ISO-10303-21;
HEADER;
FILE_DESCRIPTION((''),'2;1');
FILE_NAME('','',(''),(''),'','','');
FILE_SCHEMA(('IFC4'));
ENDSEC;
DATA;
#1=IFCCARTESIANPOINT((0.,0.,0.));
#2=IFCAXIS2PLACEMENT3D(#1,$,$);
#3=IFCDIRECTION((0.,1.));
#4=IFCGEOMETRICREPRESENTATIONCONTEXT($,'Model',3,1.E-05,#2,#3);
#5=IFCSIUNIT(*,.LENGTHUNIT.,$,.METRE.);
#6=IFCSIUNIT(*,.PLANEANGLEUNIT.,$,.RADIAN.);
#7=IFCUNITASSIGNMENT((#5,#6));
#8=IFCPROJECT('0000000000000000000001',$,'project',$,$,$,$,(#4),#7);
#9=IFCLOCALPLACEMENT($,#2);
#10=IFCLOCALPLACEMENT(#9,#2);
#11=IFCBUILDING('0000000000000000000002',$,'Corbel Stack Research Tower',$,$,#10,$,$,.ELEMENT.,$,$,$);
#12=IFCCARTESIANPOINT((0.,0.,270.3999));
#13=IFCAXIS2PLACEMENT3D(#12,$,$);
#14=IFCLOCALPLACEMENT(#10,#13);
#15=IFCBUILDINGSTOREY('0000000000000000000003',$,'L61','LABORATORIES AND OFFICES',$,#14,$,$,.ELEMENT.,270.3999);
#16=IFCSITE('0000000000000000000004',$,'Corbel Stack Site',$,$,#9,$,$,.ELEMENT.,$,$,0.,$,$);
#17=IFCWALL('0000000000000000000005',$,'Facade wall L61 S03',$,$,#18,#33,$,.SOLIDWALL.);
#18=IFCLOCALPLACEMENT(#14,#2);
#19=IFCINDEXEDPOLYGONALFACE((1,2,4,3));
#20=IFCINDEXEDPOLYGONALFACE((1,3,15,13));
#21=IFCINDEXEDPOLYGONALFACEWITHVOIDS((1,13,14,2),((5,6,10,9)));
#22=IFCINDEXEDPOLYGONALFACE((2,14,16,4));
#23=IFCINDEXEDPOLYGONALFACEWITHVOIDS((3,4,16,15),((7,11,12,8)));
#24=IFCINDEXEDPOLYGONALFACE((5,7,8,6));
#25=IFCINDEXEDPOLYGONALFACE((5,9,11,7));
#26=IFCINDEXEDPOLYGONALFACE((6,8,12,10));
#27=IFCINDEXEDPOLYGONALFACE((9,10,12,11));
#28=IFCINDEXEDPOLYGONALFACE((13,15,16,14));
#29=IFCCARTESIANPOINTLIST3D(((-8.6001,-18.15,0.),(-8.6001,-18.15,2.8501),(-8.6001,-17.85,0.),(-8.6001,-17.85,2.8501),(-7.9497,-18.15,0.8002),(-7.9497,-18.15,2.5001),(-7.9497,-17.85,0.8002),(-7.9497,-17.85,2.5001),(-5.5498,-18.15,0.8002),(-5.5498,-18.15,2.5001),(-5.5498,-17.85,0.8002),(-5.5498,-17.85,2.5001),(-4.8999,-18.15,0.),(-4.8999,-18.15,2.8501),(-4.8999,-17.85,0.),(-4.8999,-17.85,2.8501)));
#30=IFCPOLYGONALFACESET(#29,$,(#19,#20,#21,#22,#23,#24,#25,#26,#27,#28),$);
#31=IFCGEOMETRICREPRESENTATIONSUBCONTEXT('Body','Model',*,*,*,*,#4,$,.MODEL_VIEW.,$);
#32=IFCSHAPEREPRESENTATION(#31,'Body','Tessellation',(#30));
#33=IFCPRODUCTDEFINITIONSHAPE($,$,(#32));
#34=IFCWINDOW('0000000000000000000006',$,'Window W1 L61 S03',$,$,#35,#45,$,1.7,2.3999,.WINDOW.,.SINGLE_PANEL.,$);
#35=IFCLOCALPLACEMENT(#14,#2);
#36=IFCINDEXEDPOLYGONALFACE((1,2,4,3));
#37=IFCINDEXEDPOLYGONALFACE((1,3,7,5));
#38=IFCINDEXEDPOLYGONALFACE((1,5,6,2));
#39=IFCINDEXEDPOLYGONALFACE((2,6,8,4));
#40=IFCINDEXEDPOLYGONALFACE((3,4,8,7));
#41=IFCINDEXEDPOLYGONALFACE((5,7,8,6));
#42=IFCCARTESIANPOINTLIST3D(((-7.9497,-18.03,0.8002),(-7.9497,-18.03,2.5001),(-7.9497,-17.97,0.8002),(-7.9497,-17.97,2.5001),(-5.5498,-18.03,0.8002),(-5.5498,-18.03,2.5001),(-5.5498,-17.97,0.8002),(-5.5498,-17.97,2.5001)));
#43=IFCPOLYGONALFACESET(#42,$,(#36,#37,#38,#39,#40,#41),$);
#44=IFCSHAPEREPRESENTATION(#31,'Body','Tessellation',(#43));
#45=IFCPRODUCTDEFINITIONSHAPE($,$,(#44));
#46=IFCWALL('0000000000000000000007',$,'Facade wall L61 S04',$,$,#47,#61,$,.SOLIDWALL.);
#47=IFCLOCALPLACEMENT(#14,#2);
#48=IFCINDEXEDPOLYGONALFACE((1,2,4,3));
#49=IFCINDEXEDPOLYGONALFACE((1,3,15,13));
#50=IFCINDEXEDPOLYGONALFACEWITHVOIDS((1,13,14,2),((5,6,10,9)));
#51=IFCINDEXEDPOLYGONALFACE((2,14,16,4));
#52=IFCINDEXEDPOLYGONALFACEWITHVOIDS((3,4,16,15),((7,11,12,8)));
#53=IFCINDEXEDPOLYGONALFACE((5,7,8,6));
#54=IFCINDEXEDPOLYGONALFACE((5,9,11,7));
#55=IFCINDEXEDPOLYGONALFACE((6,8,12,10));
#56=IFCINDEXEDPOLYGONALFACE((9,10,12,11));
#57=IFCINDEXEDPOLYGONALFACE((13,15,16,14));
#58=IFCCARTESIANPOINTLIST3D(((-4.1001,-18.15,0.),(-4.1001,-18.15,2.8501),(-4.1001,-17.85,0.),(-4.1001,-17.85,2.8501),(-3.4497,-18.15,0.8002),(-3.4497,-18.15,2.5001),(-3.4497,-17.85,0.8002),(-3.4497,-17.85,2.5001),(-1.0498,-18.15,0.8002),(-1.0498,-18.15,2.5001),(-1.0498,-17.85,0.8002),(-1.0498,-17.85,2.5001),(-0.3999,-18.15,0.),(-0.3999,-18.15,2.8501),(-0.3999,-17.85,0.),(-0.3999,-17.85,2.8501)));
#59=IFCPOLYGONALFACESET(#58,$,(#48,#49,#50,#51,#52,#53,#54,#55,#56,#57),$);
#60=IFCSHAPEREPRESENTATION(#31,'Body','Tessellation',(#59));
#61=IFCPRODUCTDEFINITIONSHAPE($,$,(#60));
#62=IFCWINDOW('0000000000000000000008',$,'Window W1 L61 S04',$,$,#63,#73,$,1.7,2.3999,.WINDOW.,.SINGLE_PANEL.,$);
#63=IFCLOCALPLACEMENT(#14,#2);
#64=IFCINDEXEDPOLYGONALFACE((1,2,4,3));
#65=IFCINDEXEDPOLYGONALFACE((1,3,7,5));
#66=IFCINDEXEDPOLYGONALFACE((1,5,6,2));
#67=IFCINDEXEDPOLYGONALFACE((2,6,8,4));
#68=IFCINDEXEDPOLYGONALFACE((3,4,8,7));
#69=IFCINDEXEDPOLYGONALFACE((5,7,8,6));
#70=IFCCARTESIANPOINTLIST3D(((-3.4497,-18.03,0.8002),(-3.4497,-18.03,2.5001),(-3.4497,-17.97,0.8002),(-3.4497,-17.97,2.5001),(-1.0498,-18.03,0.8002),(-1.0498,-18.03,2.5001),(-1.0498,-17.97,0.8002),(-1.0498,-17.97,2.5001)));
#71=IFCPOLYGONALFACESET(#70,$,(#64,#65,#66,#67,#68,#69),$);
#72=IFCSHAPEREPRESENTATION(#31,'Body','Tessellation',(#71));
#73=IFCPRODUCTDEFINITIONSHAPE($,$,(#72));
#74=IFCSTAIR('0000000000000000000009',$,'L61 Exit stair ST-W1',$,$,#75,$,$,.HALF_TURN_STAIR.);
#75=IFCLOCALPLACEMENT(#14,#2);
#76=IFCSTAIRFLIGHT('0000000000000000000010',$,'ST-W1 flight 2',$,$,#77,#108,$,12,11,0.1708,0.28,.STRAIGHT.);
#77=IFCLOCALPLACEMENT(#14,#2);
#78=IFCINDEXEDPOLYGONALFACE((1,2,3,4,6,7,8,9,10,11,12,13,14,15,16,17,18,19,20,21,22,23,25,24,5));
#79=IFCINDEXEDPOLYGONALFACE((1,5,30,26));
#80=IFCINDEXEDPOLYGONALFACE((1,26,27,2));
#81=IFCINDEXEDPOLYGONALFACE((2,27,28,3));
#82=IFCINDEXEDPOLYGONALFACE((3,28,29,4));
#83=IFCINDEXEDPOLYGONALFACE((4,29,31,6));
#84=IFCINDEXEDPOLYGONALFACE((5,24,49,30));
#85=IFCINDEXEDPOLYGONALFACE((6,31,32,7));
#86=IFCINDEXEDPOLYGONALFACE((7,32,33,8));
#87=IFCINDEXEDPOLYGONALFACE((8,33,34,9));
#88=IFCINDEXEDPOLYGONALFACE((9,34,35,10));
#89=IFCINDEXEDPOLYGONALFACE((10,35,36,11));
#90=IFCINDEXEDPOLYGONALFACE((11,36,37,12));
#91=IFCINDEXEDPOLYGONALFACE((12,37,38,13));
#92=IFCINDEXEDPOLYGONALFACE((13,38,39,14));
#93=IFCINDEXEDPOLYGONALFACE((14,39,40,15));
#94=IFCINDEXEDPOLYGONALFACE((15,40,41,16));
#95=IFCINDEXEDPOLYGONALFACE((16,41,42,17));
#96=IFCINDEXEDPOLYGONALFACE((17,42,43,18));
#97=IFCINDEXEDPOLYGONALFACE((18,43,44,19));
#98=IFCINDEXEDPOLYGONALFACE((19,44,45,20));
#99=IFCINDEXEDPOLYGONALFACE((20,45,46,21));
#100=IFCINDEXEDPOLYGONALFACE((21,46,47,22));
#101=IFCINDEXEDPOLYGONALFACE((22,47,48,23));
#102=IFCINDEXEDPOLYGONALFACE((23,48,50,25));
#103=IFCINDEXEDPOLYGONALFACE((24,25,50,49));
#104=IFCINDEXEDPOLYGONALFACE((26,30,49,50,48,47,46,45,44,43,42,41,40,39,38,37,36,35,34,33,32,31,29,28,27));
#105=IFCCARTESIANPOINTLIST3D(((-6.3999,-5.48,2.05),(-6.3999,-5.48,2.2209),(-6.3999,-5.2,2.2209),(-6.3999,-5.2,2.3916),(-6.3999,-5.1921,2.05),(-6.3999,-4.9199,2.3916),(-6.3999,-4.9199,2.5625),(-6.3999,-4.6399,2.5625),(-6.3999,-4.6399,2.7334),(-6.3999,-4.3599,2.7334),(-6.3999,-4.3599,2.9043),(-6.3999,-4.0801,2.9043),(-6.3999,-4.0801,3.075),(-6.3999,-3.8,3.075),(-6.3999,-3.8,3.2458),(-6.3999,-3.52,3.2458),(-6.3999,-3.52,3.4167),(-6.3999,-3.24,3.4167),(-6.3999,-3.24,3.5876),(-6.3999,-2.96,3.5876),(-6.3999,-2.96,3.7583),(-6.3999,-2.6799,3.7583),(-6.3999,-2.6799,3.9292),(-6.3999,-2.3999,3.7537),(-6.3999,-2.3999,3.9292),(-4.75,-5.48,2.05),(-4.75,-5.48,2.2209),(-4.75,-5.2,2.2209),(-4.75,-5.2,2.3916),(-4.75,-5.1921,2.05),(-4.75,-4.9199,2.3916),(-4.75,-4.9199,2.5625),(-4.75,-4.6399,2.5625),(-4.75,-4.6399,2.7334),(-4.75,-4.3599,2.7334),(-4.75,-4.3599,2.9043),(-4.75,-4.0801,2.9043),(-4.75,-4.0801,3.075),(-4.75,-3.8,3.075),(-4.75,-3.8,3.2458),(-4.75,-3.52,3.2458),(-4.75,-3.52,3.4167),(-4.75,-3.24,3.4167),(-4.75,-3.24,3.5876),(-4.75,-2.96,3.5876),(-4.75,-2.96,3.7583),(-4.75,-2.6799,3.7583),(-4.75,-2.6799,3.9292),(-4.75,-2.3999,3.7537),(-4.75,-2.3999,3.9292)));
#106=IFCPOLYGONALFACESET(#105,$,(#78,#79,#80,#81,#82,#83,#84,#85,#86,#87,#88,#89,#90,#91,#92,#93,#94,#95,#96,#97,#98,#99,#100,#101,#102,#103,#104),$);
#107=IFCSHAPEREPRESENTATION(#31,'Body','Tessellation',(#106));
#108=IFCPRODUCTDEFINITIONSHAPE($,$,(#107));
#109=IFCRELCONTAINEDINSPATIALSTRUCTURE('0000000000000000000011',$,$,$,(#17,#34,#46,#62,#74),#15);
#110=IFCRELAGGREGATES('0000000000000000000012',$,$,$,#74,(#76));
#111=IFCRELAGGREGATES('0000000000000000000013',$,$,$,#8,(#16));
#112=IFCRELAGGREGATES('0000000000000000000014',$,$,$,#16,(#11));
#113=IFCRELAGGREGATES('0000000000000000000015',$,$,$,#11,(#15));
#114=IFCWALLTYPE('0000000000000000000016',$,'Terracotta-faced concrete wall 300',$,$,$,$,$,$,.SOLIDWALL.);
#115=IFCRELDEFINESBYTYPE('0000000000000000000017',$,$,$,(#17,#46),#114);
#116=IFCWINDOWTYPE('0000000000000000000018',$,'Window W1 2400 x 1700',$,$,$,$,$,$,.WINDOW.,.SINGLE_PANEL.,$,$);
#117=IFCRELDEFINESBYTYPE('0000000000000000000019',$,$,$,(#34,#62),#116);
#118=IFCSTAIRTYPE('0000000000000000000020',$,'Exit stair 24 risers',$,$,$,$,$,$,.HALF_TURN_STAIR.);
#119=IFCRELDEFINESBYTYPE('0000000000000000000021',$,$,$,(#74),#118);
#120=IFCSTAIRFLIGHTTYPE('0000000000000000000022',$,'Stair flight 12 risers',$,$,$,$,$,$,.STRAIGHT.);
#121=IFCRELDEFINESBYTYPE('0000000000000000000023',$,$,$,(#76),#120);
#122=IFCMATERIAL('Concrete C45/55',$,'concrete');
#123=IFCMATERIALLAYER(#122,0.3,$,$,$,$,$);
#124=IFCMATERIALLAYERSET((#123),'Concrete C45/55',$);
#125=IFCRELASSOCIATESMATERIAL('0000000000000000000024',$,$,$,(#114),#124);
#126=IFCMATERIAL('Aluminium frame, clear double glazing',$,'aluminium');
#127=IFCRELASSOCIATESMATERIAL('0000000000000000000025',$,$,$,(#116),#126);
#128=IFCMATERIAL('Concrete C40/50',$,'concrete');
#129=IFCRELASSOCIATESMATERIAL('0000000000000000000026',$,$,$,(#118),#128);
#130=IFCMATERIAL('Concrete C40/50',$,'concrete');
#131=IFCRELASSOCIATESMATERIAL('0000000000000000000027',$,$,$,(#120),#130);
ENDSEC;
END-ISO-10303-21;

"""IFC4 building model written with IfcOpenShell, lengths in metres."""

from ifc_helpers import new_model, si_unit, direction, frame, frame_2d, origin, place, context, subcontext, project, spatial, polyline, rectangle, outline, extrude, material, layer, layer_set, type_object, element, fill, aggregate, save


model = new_model("IFC4")

# Units and contexts
model_context = context("Model", 3, precision=1e-05, world=origin(), true_north=direction((0.0, 1.0)))
body_context = subcontext(model_context, "Body", "Model", "MODEL_VIEW")
ifc_project = project(units=[si_unit("LENGTHUNIT", "METRE"), si_unit("PLANEANGLEUNIT", "RADIAN")], contexts=[model_context])

# Site, building, storey
site_placement = place(None, origin())
site = spatial("IfcSite", under=ifc_project, at=site_placement, Name="Corbel Stack Site", CompositionType="ELEMENT", RefElevation=0.0)
building_placement = place(site_placement, origin())
building = spatial("IfcBuilding", under=site, at=building_placement, Name="Corbel Stack Research Tower", CompositionType="ELEMENT")
storey_placement = place(building_placement, frame((0.0, 0.0, 270.3999)))
storey = spatial("IfcBuildingStorey", under=building, at=storey_placement, Name="L61", Description="LABORATORIES AND OFFICES", CompositionType="ELEMENT", Elevation=270.3999)

# Walls, openings, windows
ifc_material_1 = material(Name="Concrete C45/55", Category="concrete")
ifc_layer_1 = layer(ifc_material_1, 0.3)
ifc_layer_set_1 = layer_set([ifc_layer_1], Name="Concrete C45/55")
wall_type_1 = type_object("IfcWallType", Name="Terracotta-faced concrete wall 300", PredefinedType="SOLIDWALL", material=ifc_layer_set_1)
wall_1_placement = place(storey_placement, frame((-4.8999, -18.0, 0.0), z_axis=(0.0, 0.0, 1.0), x_axis=(-1.0, 0.0, 0.0)))
wall_1 = element("IfcWall", 1, at=wall_1_placement, inside=storey, type_object=wall_type_1, Name="Facade wall L61 S03", PredefinedType="SOLIDWALL", context=body_context, shape_type="SweptSolid", body=[
    extrude(rectangle(XDim=3.7002, YDim=0.3, at=frame_2d((1.8501, 0.0))), origin(), (0.0, 0.0, 1.0), 2.8501),
])
opening_1_placement = place(wall_1_placement, frame((0.6499, 0.0, 0.8)))
opening_1 = element("IfcOpeningElement", 2, at=opening_1_placement, cuts=wall_1, PredefinedType="OPENING", context=body_context, shape_type="SweptSolid", body=[
    extrude(rectangle(XDim=2.3999, YDim=1.7, at=frame_2d((1.2, 0.8501))), frame((0.0, 0.1599, 0.0), z_axis=(0.0, -1.0, 0.0), x_axis=(1.0, 0.0, 0.0)), (0.0, 0.0, 1.0), 0.3201),
])
ifc_material_2 = material(Name="Aluminium frame, clear double glazing", Category="aluminium")
window_type = type_object("IfcWindowType", Name="Window W1 2400 x 1700", PartitioningType="SINGLE_PANEL", PredefinedType="WINDOW", material=ifc_material_2)
window_1_placement = place(opening_1_placement, origin())
window_1 = element("IfcWindow", 3, at=window_1_placement, inside=storey, type_object=window_type, Name="Window W1 L61 S03", OverallHeight=1.7, OverallWidth=2.3999, PartitioningType="SINGLE_PANEL", PredefinedType="WINDOW", context=body_context, shape_type="SweptSolid", body=[
    extrude(rectangle(XDim=2.3999, YDim=1.7, at=frame_2d((1.2, 0.8501))), frame((0.0, 0.03, 0.0), z_axis=(0.0, -1.0, 0.0), x_axis=(1.0, 0.0, 0.0)), (0.0, 0.0, 1.0), 0.0601),
])
fill(opening_1, window_1)
wall_2_placement = place(storey_placement, frame((-0.3999, -18.0, 0.0), z_axis=(0.0, 0.0, 1.0), x_axis=(-1.0, 0.0, 0.0)))
wall_2 = element("IfcWall", 4, at=wall_2_placement, inside=storey, type_object=wall_type_1, Name="Facade wall L61 S04", PredefinedType="SOLIDWALL", context=body_context, shape_type="SweptSolid", body=[
    extrude(rectangle(XDim=3.7002, YDim=0.3, at=frame_2d((1.8501, 0.0))), origin(), (0.0, 0.0, 1.0), 2.8501),
])
opening_2_placement = place(wall_2_placement, frame((0.6499, 0.0, 0.8)))
opening_2 = element("IfcOpeningElement", 5, at=opening_2_placement, cuts=wall_2, PredefinedType="OPENING", context=body_context, shape_type="SweptSolid", body=[
    extrude(rectangle(XDim=2.3999, YDim=1.7, at=frame_2d((1.2, 0.8501))), frame((0.0, 0.1599, 0.0), z_axis=(0.0, -1.0, 0.0), x_axis=(1.0, 0.0, 0.0)), (0.0, 0.0, 1.0), 0.3201),
])
window_2_placement = place(opening_2_placement, origin())
window_2 = element("IfcWindow", 6, at=window_2_placement, inside=storey, type_object=window_type, Name="Window W1 L61 S04", OverallHeight=1.7, OverallWidth=2.3999, PartitioningType="SINGLE_PANEL", PredefinedType="WINDOW", context=body_context, shape_type="SweptSolid", body=[
    extrude(rectangle(XDim=2.3999, YDim=1.7, at=frame_2d((1.2, 0.8501))), frame((0.0, 0.03, 0.0), z_axis=(0.0, -1.0, 0.0), x_axis=(1.0, 0.0, 0.0)), (0.0, 0.0, 1.0), 0.0601),
])
fill(opening_2, window_2)

# Stair, stair flight
ifc_material_3 = material(Name="Concrete C40/50", Category="concrete")
stair_type = type_object("IfcStairType", Name="Exit stair 24 risers", PredefinedType="HALF_TURN_STAIR", material=ifc_material_3)
stair_placement = place(storey_placement, origin())
stair = element("IfcStair", 7, at=stair_placement, inside=storey, type_object=stair_type, Name="L61 Exit stair ST-W1", PredefinedType="HALF_TURN_STAIR")
ifc_material_4 = material(Name="Concrete C40/50", Category="concrete")
stair_flight_type = type_object("IfcStairFlightType", Name="Stair flight 12 risers", PredefinedType="STRAIGHT", material=ifc_material_4)
stair_flight_placement = place(storey_placement, frame((-5.575, -5.48, 2.05), z_axis=(0.0, 0.0, 1.0), x_axis=(0.0, 1.0, 0.0)))
stair_flight = element("IfcStairFlight", 8, at=stair_flight_placement, type_object=stair_flight_type, Name="ST-W1 flight 2", NumberOfRisers=12, NumberOfTreads=11, PredefinedType="STRAIGHT", RiserHeight=0.1708, TreadLength=0.28, context=body_context, shape_type="SweptSolid", body=[
    extrude(outline(polyline([(0.0, 0.0), (0.0, 0.1709), (0.28, 0.1709), (0.28, 0.3416), (0.5601, 0.3416), (0.5601, 0.5125), (0.8401, 0.5125), (0.8401, 0.6833), (1.1201, 0.6833), (1.1201, 0.8542), (1.3999, 0.8542), (1.3999, 1.0249), (1.6799, 1.0249), (1.6799, 1.1958), (1.96, 1.1958), (1.96, 1.3667), (2.24, 1.3667), (2.24, 1.5376), (2.52, 1.5376), (2.52, 1.7083), (2.8, 1.7083), (2.8, 1.8792), (3.0801, 1.8792), (3.0801, 2.05), (3.0801, 1.7036), (0.2878, 0.0), (0.0, 0.0)])), frame((0.0, 0.825, 0.0), z_axis=(0.0, -1.0, 0.0), x_axis=(1.0, 0.0, 0.0)), (0.0, 0.0, 1.0), 1.6499),
])
aggregate(stair, [stair_flight])

save(model, "model.ifc")
